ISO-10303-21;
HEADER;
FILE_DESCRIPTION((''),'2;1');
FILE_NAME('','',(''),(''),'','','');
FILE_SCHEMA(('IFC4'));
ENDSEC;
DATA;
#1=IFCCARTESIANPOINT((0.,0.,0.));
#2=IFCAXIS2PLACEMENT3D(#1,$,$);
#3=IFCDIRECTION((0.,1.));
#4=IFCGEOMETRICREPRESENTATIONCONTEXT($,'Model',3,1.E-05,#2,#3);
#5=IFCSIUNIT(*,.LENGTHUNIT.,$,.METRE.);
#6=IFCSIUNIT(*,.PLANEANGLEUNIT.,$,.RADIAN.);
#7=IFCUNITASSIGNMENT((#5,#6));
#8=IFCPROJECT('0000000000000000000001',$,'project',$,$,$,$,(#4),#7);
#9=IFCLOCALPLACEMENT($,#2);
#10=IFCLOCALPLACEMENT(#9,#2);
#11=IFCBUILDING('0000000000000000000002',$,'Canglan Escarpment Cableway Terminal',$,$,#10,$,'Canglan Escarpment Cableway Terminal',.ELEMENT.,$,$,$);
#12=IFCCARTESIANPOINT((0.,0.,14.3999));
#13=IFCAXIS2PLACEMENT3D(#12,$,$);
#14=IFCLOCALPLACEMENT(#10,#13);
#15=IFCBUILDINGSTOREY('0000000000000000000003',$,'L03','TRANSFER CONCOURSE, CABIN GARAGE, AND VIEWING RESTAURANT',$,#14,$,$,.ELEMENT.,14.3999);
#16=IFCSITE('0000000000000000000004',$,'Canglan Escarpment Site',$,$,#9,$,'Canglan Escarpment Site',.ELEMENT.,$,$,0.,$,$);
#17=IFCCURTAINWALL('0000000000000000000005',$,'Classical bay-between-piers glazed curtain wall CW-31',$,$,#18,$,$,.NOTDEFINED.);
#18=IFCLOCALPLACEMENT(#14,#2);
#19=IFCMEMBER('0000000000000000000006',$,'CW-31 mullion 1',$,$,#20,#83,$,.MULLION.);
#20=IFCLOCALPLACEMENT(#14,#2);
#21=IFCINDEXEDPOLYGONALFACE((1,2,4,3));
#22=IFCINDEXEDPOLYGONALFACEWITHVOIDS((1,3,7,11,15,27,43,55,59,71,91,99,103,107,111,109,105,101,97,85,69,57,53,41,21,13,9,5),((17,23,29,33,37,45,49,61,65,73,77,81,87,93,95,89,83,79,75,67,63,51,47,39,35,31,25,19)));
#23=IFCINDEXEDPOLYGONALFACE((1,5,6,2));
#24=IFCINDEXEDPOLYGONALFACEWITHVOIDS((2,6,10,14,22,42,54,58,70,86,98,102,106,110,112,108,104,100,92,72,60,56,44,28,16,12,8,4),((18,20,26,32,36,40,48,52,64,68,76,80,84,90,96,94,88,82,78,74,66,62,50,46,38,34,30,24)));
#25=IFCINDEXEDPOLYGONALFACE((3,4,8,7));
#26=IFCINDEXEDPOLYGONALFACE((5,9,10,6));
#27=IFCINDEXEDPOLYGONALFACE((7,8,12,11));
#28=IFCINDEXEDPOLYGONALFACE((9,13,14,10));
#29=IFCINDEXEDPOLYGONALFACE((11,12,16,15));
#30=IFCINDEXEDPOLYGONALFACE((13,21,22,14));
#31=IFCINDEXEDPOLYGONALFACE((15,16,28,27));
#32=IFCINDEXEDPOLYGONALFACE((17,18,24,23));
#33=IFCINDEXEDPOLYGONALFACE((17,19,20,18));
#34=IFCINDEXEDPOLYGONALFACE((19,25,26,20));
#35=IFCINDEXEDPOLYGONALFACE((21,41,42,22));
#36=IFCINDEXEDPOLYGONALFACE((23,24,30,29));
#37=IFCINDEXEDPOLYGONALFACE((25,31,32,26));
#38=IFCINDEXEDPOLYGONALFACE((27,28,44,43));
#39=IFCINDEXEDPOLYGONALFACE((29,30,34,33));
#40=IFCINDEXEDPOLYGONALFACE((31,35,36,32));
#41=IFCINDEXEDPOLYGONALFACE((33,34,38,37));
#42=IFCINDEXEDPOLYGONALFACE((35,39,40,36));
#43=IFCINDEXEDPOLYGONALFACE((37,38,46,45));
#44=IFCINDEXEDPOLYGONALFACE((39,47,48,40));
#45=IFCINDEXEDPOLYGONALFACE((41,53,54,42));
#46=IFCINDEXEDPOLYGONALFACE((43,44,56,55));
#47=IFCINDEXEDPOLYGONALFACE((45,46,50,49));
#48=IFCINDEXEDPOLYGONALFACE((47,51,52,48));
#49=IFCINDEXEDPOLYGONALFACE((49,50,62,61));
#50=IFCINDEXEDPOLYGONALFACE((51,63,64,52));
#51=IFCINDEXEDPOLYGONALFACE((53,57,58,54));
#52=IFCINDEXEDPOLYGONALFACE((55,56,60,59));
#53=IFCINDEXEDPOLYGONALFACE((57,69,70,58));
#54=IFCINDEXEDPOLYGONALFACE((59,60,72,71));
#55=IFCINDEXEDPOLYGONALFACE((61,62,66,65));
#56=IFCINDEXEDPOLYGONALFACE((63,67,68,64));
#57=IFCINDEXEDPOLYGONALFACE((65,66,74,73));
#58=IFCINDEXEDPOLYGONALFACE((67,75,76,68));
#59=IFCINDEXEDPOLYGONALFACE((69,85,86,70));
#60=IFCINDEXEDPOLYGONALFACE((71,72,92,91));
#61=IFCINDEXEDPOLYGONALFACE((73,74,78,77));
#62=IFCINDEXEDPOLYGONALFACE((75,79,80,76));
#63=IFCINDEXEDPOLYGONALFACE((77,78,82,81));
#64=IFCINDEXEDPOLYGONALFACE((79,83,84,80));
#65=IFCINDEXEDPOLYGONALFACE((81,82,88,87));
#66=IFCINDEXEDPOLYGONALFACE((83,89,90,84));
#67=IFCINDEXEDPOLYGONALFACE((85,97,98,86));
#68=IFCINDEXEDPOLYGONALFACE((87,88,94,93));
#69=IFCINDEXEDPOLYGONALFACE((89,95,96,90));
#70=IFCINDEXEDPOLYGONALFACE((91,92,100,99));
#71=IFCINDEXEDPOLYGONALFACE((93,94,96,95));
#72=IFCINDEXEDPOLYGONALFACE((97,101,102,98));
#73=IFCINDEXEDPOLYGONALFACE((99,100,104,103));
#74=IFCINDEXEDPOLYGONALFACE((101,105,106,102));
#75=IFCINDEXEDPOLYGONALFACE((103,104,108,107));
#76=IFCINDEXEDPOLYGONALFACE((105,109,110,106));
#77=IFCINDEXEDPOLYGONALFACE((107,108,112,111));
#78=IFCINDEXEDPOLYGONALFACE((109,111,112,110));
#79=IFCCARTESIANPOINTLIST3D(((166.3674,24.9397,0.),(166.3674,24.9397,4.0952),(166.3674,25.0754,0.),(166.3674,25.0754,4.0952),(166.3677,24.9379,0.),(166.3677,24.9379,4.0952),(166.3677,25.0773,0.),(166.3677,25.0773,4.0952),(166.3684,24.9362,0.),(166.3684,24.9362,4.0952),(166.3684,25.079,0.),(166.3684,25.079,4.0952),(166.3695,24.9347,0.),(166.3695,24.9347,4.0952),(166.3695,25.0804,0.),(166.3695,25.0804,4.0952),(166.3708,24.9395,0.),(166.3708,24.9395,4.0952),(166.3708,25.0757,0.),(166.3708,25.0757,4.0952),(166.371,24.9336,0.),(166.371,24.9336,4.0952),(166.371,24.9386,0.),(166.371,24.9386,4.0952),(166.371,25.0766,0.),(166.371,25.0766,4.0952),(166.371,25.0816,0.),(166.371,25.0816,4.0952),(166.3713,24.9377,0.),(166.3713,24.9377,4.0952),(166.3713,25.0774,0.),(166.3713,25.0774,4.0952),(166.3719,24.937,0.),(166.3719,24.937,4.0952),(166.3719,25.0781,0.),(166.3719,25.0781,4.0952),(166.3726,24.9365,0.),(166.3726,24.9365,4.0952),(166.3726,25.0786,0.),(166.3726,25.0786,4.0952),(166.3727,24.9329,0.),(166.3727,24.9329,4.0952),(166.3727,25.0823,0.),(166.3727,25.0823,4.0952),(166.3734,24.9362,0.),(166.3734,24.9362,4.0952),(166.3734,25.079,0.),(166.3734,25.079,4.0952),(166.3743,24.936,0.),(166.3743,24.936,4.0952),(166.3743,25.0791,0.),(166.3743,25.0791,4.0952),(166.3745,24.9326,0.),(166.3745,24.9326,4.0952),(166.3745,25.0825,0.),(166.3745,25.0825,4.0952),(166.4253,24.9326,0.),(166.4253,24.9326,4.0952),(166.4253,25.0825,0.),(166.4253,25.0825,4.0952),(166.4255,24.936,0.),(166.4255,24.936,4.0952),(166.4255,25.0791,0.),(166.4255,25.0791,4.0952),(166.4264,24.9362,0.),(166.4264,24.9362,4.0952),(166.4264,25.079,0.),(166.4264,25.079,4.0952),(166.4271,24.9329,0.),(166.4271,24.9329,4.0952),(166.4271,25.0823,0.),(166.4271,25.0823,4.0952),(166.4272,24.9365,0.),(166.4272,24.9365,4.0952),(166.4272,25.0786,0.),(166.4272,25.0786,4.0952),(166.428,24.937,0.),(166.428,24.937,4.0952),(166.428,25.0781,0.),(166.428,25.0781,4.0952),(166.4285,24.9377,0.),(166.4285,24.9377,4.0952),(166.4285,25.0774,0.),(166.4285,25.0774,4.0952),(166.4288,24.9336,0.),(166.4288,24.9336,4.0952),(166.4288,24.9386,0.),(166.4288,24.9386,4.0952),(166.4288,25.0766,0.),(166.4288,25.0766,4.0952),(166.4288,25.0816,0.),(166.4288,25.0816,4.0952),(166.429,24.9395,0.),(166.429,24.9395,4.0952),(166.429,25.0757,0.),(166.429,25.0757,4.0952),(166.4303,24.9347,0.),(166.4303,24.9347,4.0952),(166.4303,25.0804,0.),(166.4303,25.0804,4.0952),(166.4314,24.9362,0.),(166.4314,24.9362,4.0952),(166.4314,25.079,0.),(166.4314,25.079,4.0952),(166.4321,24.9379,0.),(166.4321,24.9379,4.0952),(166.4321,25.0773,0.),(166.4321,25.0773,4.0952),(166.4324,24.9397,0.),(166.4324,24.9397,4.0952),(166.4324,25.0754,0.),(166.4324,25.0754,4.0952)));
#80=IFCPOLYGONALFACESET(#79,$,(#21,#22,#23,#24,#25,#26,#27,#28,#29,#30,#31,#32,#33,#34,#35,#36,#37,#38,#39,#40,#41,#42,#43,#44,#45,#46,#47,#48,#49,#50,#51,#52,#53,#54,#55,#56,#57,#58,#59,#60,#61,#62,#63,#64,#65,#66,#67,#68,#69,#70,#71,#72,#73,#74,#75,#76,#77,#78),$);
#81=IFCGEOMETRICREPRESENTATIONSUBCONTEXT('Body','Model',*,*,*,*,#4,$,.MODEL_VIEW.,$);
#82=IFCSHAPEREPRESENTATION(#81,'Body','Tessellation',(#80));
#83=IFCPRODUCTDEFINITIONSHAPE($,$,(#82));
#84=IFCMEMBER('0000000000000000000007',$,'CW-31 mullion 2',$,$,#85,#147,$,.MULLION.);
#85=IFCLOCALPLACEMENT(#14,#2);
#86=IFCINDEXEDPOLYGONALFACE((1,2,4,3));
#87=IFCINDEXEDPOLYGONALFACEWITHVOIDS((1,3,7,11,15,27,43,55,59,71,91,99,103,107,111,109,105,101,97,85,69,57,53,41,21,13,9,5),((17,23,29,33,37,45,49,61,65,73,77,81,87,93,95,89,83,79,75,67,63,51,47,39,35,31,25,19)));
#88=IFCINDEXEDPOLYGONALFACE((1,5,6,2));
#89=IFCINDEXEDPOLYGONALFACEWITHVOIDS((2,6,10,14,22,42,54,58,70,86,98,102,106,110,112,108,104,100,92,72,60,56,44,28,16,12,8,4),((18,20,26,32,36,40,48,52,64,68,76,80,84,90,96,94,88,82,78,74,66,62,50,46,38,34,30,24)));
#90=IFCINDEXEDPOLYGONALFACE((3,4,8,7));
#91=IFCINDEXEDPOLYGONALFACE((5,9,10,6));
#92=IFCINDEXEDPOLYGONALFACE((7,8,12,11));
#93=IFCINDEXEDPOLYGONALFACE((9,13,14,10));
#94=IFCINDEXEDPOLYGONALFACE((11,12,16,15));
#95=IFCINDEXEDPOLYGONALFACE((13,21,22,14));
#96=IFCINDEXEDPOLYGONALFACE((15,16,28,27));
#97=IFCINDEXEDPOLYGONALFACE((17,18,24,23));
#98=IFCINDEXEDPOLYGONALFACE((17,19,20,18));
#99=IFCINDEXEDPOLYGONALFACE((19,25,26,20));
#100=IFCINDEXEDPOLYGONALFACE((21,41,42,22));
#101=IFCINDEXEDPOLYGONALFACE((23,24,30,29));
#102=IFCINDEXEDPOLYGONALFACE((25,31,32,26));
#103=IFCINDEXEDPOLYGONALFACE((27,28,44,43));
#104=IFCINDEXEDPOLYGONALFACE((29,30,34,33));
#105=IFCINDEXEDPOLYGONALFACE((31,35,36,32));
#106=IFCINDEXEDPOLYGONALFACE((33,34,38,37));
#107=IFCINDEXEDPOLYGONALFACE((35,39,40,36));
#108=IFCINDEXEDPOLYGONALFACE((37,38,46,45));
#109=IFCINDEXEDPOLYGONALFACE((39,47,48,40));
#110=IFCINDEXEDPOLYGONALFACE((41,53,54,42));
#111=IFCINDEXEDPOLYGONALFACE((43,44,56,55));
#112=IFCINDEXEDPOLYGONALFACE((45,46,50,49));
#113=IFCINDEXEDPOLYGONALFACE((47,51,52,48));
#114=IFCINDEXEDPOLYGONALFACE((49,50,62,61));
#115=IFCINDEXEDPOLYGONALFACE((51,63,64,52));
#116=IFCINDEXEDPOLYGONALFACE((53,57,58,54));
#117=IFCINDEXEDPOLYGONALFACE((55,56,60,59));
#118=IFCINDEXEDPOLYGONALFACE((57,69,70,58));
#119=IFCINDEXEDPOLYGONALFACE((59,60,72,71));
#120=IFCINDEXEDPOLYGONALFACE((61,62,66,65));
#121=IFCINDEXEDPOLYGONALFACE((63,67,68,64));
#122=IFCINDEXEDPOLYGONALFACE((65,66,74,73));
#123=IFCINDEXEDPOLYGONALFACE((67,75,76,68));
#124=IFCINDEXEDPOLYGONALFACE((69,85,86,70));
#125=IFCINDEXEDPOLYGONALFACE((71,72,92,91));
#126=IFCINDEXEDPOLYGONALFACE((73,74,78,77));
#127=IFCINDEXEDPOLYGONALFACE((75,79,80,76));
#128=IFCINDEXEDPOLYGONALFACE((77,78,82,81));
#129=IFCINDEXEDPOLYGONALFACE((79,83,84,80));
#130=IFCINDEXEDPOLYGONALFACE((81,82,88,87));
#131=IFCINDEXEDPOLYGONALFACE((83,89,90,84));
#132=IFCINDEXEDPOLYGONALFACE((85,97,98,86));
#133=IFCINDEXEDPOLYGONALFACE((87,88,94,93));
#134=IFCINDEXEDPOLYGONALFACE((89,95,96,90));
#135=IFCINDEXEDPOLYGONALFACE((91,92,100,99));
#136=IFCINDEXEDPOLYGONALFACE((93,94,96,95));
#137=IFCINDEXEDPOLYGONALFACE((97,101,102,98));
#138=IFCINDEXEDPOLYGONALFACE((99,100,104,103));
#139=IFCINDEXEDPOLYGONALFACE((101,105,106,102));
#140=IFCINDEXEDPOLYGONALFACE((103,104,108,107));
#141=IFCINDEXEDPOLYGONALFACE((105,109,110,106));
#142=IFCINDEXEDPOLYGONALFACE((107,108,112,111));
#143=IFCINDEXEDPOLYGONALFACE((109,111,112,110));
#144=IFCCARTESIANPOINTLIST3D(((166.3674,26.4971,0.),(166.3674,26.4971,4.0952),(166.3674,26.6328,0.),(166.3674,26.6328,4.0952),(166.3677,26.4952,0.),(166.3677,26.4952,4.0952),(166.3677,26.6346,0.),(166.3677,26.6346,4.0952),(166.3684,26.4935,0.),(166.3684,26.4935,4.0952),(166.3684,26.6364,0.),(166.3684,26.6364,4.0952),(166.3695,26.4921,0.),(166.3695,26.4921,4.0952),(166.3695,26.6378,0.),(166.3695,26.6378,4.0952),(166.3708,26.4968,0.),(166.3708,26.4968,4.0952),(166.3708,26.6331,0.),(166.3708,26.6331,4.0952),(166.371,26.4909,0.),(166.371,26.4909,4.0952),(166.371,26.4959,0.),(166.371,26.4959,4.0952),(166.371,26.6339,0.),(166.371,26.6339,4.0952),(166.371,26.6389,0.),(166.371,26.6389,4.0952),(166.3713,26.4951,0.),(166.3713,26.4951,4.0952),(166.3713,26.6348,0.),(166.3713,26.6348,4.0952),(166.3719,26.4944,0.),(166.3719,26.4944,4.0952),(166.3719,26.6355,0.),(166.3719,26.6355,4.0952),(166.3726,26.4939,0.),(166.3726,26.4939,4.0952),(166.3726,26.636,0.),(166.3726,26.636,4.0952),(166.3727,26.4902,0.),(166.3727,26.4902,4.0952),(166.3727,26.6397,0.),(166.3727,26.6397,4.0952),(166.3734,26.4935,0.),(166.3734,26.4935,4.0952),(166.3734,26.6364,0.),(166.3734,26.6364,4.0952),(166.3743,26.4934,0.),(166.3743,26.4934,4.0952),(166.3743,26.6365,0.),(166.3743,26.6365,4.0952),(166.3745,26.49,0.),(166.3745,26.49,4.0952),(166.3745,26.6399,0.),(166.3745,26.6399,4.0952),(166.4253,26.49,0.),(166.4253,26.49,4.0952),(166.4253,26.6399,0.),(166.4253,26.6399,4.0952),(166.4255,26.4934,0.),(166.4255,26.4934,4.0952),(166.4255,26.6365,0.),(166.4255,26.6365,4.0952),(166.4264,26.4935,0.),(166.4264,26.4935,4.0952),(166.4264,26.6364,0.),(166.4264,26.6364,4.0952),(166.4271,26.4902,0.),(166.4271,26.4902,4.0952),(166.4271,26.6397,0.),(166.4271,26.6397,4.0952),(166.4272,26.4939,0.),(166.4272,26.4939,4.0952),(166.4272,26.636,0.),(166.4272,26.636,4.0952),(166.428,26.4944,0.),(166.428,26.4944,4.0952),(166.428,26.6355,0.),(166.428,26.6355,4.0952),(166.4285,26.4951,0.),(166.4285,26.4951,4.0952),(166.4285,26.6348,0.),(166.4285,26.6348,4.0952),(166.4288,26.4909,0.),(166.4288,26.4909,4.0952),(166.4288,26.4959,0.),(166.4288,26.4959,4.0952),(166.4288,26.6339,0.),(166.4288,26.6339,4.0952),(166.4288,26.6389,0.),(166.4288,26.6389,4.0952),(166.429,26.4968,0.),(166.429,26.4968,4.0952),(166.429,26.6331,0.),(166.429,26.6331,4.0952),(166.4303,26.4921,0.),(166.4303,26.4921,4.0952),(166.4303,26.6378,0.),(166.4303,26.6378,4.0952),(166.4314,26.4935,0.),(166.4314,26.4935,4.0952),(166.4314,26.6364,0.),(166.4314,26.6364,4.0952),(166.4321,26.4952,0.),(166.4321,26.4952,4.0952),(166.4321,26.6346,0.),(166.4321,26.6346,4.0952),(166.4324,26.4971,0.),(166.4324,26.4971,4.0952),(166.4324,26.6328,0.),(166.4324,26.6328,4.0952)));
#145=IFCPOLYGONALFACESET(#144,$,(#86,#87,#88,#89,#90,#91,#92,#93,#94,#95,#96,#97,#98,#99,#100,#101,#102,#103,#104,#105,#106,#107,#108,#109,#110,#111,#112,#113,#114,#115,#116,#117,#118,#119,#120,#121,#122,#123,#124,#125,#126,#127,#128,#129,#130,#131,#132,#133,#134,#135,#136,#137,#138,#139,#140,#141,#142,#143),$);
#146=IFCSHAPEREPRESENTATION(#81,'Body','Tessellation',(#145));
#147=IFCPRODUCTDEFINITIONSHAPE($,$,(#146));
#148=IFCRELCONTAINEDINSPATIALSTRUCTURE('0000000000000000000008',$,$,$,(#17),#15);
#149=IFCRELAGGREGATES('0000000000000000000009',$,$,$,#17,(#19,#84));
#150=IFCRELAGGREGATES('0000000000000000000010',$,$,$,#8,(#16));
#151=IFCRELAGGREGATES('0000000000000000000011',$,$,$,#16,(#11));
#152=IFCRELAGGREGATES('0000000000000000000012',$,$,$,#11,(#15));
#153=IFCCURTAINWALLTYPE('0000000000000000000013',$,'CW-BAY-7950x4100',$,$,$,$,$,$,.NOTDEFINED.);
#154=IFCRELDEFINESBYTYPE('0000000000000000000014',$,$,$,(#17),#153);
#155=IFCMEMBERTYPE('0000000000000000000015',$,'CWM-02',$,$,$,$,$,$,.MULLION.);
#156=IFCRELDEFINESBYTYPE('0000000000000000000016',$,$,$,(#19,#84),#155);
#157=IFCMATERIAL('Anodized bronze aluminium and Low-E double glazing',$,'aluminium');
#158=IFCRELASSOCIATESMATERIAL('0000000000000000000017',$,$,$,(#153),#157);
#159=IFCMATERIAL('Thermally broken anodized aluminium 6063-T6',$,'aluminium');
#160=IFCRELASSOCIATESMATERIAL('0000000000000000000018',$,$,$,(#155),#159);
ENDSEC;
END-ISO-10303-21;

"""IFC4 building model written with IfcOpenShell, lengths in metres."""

from ifc_helpers import new_model, si_unit, direction, frame, origin, origin_2d, place, context, subcontext, project, spatial, hollow_rectangle, extrude, material, material_profile, profile_set, type_object, element, aggregate, save


model = new_model("IFC4")

# Units and contexts
model_context = context("Model", 3, precision=1e-05, world=origin(), true_north=direction((0.0, 1.0)))
body_context = subcontext(model_context, "Body", "Model", "MODEL_VIEW")
ifc_project = project(units=[si_unit("LENGTHUNIT", "METRE"), si_unit("PLANEANGLEUNIT", "RADIAN")], contexts=[model_context])

# Site, building, storey
site_placement = place(None, origin())
site = spatial("IfcSite", under=ifc_project, at=site_placement, Name="Canglan Escarpment Site", LongName="Canglan Escarpment Site", CompositionType="ELEMENT", RefElevation=0.0)
building_placement = place(site_placement, origin())
building = spatial("IfcBuilding", under=site, at=building_placement, Name="Canglan Escarpment Cableway Terminal", LongName="Canglan Escarpment Cableway Terminal", CompositionType="ELEMENT")
storey_placement = place(building_placement, frame((0.0, 0.0, 14.3999)))
storey = spatial("IfcBuildingStorey", under=building, at=storey_placement, Name="L03", Description="TRANSFER CONCOURSE, CABIN GARAGE, AND VIEWING RESTAURANT", CompositionType="ELEMENT", Elevation=14.3999)

# Curtain wall, members
ifc_material_1 = material(Name="Anodized bronze aluminium and Low-E double glazing", Category="aluminium")
curtain_wall_type = type_object("IfcCurtainWallType", Name="CW-BAY-7950x4100", PredefinedType="NOTDEFINED", material=ifc_material_1)
curtain_wall_placement = place(storey_placement, origin())
curtain_wall = element("IfcCurtainWall", 1, at=curtain_wall_placement, inside=storey, type_object=curtain_wall_type, Name="Classical bay-between-piers glazed curtain wall CW-31", PredefinedType="NOTDEFINED")
ifc_material_2 = material(Name="Thermally broken anodized aluminium 6063-T6", Category="aluminium")
ifc_material_profile_1 = material_profile(ifc_material_2, hollow_rectangle(XDim=0.0649, YDim=0.1499, WallThickness=0.0034, InnerFilletRadius=0.0034, OuterFilletRadius=0.0071, at=origin_2d()), Name="ALU-MULL 65x150x3.5")
ifc_profile_set_1 = profile_set([ifc_material_profile_1], Name="Thermally broken anodized aluminium 6063-T6")
member_type_1 = type_object("IfcMemberType", Name="CWM-02", PredefinedType="MULLION", material=ifc_profile_set_1)
member_1_placement = place(storey_placement, frame((166.3999, 25.0076, 0.0), z_axis=(0.0, 0.0, 1.0), x_axis=(-1.0, 0.0, 0.0)))
member_1 = element("IfcMember", 2, at=member_1_placement, type_object=member_type_1, Name="CW-31 mullion 1", PredefinedType="MULLION", context=body_context, shape_type="SweptSolid", body=[
    extrude(hollow_rectangle(XDim=0.0649, YDim=0.1499, WallThickness=0.0034, InnerFilletRadius=0.0034, OuterFilletRadius=0.0071, at=origin_2d()), origin(), (0.0, 0.0, 1.0), 4.0952),
])
member_2_placement = place(storey_placement, frame((166.3999, 26.5649, 0.0), z_axis=(0.0, 0.0, 1.0), x_axis=(-1.0, 0.0, 0.0)))
member_2 = element("IfcMember", 3, at=member_2_placement, type_object=member_type_1, Name="CW-31 mullion 2", PredefinedType="MULLION", context=body_context, shape_type="SweptSolid", body=[
    extrude(hollow_rectangle(XDim=0.0649, YDim=0.1499, WallThickness=0.0034, InnerFilletRadius=0.0034, OuterFilletRadius=0.0071, at=origin_2d()), origin(), (0.0, 0.0, 1.0), 4.0952),
])

aggregate(curtain_wall, [member_1, member_2])

save(model, "model.ifc")
